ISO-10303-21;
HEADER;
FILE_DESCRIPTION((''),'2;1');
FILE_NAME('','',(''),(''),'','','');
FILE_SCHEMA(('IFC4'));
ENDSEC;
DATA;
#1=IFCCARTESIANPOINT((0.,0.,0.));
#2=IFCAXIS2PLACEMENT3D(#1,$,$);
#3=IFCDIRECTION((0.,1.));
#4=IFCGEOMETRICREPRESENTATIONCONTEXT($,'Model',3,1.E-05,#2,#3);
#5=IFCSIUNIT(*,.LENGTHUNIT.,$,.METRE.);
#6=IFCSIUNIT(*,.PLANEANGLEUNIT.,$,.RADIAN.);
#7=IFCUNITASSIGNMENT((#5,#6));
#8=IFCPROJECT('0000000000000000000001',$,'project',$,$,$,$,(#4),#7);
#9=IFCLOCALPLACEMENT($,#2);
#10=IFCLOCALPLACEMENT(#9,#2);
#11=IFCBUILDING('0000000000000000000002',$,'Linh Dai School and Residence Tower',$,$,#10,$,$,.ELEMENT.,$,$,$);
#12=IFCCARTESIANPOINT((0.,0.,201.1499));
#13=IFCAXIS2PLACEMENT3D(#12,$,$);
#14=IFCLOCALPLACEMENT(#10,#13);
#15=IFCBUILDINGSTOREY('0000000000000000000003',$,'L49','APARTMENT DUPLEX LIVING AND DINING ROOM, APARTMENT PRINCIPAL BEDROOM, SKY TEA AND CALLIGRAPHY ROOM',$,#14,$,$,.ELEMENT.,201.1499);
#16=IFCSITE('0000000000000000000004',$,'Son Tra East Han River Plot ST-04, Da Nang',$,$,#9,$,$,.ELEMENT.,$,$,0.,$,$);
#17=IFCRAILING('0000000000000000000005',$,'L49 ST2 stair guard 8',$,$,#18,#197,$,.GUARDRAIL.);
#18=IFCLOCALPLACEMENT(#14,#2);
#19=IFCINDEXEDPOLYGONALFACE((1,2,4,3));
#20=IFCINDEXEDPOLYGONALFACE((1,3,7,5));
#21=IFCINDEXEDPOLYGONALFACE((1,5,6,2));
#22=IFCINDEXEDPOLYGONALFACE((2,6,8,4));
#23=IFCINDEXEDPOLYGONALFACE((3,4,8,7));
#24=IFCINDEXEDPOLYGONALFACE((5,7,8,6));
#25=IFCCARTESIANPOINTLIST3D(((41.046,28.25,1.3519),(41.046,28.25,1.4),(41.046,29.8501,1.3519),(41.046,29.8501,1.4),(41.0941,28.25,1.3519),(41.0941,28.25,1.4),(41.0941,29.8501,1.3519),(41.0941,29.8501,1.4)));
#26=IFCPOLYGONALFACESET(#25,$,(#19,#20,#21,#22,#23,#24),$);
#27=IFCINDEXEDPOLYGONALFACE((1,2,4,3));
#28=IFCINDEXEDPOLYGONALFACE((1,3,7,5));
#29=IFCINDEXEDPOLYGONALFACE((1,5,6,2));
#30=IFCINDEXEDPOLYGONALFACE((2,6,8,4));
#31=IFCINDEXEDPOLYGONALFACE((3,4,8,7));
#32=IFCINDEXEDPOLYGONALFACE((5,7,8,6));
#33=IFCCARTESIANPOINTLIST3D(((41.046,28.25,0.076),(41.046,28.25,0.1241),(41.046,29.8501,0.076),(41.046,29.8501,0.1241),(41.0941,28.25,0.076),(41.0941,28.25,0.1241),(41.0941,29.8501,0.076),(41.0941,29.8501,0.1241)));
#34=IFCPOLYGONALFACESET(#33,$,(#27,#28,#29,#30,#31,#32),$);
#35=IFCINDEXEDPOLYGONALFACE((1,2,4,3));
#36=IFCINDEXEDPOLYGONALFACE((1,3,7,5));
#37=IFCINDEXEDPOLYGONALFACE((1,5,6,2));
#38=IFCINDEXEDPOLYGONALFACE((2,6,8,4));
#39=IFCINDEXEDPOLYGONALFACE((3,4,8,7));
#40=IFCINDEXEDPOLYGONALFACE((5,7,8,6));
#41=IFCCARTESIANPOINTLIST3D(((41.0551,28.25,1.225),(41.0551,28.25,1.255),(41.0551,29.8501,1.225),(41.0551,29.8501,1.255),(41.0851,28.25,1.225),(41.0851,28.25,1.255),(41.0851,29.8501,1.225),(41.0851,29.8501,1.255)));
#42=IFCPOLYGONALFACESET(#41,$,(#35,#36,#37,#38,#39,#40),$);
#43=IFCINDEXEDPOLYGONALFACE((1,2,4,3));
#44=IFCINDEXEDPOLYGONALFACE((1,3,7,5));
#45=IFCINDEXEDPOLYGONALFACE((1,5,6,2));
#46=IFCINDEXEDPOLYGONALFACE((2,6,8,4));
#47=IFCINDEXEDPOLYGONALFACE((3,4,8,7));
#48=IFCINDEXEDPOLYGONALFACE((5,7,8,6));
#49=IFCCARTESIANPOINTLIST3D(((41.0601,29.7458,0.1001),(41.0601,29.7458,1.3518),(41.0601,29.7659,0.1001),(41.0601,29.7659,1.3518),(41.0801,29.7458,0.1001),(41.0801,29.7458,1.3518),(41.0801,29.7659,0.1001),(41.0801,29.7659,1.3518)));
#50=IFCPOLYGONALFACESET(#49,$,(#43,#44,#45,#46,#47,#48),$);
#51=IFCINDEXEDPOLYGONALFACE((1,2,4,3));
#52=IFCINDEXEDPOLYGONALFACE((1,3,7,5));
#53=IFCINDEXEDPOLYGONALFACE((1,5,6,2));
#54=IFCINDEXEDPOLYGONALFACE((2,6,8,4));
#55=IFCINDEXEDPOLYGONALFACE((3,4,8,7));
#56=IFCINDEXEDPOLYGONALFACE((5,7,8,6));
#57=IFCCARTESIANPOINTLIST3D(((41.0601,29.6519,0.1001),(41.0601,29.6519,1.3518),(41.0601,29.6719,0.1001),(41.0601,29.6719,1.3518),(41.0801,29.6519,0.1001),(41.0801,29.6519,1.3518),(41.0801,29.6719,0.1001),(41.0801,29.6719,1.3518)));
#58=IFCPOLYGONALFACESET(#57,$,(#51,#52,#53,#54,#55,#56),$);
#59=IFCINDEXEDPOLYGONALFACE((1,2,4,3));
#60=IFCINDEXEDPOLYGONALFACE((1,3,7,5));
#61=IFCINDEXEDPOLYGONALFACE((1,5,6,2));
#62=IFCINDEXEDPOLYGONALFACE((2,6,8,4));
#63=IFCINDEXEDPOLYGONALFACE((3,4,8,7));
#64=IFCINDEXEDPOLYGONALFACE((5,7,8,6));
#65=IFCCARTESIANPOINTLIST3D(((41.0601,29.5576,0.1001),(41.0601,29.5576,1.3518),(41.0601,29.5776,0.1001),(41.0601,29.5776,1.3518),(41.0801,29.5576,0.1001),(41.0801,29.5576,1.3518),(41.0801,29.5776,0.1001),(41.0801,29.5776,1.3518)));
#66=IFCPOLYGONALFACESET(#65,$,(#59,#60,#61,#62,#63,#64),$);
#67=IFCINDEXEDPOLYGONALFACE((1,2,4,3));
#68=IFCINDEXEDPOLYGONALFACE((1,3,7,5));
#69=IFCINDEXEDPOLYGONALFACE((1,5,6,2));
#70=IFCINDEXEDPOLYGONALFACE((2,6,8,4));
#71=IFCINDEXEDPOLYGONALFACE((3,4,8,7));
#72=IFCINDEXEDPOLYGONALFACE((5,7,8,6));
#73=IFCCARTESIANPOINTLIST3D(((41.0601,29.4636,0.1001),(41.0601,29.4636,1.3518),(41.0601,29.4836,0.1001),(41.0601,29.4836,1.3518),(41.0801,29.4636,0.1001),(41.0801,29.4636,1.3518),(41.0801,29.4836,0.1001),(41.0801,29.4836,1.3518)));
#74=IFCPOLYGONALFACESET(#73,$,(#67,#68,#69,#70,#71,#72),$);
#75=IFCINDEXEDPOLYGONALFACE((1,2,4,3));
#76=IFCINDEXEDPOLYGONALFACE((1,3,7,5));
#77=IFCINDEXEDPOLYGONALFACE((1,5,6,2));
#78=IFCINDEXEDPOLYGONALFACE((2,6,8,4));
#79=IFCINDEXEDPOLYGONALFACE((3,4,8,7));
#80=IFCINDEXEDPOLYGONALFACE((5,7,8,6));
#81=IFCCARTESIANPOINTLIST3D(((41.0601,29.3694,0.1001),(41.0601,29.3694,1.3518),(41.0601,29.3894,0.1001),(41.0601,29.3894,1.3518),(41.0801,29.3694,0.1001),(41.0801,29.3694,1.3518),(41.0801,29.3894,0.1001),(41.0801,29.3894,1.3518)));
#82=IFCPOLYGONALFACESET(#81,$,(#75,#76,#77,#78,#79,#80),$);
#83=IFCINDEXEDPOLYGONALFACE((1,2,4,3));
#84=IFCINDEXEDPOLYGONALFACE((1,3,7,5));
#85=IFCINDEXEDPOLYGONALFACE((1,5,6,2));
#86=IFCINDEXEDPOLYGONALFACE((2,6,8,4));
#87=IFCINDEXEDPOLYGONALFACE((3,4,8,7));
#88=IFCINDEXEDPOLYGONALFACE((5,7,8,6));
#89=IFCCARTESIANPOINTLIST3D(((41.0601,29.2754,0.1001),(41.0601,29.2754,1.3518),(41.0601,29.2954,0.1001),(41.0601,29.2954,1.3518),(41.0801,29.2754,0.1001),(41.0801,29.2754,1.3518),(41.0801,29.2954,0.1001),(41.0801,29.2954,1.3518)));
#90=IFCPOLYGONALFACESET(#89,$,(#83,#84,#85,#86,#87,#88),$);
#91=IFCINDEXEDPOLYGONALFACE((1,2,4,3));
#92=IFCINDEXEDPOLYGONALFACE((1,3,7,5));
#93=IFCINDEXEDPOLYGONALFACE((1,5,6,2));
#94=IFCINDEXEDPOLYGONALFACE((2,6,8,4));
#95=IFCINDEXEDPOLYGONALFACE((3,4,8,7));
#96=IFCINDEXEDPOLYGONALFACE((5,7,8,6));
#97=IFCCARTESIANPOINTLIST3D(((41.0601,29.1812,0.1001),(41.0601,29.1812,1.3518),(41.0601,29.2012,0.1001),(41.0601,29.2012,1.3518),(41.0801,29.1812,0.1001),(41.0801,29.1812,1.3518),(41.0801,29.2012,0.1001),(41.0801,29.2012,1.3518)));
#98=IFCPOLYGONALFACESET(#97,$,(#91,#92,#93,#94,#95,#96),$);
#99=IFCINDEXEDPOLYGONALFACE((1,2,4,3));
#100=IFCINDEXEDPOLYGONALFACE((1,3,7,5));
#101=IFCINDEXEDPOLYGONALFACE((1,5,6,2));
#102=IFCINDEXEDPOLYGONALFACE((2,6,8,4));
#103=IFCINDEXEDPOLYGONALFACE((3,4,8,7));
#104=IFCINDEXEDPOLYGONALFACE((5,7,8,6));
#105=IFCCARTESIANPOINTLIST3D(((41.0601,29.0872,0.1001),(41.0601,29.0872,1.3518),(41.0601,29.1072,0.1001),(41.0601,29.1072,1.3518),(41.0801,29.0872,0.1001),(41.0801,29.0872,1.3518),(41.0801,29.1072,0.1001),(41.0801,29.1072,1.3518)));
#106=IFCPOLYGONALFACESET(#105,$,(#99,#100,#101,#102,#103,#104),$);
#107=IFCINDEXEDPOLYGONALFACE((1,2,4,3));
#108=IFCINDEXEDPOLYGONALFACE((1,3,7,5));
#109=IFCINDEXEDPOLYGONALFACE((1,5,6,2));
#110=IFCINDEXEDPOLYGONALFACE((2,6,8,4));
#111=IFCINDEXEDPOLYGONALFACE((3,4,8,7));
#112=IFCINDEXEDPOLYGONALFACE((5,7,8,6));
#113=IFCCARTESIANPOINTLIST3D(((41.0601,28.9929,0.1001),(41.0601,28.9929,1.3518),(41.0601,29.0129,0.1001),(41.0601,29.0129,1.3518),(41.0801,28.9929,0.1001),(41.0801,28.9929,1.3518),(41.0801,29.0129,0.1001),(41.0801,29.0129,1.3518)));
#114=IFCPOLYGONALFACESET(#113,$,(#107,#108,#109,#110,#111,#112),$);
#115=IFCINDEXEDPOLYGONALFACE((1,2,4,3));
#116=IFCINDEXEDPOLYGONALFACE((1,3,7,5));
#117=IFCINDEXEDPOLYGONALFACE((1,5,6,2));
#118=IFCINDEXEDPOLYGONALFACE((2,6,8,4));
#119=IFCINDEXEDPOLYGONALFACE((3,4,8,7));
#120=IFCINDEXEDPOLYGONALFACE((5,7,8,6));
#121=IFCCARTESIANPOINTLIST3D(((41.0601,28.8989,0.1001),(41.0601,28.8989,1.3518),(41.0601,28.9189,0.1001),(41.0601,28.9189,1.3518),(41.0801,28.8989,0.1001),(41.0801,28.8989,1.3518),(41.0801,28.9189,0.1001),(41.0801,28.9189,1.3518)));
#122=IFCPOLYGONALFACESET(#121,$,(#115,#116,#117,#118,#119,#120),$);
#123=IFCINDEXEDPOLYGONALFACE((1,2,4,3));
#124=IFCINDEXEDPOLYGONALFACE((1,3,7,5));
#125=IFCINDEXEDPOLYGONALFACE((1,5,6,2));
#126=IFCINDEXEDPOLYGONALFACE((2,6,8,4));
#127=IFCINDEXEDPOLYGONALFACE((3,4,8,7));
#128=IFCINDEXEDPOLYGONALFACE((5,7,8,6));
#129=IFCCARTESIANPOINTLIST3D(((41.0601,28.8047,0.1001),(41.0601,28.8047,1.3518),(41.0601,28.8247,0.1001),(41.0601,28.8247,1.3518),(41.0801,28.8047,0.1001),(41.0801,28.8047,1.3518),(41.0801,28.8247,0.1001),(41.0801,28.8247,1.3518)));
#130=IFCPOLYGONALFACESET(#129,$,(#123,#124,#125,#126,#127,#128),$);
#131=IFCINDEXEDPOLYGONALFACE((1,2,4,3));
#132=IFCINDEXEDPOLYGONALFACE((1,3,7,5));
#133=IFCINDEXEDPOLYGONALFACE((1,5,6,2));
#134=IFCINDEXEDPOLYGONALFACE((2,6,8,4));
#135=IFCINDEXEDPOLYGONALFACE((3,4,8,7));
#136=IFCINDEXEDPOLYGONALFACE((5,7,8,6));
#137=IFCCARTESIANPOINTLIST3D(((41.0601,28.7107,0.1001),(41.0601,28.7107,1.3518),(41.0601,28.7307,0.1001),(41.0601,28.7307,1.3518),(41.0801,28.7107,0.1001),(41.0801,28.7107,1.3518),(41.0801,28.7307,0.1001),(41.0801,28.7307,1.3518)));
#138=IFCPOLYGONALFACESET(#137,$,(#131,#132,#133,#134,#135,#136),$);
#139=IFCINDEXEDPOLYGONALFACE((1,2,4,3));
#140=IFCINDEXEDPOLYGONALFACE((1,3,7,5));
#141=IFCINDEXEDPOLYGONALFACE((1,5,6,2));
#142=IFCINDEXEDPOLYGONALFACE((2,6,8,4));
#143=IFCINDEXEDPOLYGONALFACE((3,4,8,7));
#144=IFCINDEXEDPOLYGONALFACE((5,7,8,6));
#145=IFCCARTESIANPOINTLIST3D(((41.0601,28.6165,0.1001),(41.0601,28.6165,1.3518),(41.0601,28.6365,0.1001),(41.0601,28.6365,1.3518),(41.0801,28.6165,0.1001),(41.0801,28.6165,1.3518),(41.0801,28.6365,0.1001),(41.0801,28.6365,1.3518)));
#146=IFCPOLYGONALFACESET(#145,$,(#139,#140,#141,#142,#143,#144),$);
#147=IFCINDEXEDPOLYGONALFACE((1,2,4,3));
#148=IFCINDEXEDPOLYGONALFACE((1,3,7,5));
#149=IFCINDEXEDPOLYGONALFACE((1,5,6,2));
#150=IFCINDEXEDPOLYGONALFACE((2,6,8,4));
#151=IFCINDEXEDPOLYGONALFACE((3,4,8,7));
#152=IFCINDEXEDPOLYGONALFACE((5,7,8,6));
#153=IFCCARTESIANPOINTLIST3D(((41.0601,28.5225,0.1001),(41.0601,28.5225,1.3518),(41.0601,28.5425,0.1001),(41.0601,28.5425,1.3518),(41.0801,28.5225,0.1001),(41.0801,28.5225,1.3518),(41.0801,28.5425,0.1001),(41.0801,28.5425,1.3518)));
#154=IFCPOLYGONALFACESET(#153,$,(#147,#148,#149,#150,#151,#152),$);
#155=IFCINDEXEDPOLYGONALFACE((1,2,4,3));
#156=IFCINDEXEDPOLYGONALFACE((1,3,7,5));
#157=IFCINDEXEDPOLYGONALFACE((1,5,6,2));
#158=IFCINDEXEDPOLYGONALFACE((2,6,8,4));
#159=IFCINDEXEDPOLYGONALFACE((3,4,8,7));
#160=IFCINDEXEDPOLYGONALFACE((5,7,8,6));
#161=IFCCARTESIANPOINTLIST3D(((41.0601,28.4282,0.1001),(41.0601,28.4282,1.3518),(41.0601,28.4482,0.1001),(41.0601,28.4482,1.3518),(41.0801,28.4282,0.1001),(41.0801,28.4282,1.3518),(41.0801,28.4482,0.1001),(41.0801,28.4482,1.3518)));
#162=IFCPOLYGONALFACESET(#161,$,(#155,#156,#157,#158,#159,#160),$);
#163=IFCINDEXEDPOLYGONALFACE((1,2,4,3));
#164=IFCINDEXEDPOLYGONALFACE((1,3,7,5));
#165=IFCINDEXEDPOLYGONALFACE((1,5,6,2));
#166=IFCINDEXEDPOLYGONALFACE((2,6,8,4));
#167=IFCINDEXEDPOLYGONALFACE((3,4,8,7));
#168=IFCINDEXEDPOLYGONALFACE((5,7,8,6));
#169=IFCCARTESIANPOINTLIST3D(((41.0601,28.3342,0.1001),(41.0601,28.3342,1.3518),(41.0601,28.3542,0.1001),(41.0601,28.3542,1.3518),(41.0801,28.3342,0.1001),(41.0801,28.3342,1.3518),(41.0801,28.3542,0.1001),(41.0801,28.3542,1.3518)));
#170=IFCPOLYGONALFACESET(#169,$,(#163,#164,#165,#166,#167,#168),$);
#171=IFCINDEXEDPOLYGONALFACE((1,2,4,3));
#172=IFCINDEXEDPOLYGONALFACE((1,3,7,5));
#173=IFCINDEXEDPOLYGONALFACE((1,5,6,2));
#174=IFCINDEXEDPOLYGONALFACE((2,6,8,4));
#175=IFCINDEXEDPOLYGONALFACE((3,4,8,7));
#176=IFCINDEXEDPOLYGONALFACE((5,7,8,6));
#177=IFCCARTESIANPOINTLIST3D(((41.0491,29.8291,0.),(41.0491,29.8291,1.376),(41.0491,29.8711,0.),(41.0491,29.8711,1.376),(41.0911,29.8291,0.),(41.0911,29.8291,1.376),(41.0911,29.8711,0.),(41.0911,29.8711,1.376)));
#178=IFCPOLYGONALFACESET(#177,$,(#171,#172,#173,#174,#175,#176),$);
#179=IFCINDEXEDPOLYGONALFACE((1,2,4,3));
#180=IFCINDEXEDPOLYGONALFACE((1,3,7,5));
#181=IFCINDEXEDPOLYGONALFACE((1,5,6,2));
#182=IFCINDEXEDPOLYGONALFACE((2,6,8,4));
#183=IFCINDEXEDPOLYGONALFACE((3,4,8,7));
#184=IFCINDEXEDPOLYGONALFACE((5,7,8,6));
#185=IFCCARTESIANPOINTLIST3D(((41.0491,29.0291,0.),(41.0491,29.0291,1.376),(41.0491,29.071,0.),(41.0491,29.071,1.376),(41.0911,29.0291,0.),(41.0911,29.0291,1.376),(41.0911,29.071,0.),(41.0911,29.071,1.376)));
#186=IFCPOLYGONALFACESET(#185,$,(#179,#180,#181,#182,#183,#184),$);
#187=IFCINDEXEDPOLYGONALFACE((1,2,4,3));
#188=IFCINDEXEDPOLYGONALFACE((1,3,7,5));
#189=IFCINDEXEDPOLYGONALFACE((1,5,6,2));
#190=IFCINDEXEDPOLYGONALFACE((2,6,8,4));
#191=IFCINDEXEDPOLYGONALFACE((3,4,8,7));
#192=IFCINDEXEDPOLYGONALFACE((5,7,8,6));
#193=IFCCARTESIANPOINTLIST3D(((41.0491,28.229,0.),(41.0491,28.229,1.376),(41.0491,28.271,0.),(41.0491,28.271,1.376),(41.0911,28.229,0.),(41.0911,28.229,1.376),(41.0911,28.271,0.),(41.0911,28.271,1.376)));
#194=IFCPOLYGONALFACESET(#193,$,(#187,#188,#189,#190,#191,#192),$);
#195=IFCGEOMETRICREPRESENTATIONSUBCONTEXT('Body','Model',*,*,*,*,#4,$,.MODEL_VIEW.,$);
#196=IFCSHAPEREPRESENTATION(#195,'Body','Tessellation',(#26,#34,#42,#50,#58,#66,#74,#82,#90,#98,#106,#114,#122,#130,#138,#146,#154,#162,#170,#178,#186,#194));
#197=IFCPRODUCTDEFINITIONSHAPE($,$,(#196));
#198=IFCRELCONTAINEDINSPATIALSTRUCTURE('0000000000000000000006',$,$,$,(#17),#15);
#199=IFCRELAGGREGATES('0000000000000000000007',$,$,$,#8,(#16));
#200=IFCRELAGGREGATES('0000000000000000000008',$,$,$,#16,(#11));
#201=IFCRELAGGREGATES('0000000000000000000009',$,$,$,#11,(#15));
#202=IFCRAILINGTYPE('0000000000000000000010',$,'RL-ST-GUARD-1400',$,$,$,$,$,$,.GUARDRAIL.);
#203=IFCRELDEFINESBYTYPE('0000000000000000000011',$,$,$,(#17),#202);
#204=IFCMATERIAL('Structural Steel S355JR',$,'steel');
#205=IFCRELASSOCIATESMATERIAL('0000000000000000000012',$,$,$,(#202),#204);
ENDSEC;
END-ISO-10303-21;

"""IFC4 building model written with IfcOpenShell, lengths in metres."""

from ifc_helpers import new_model, si_unit, direction, frame, origin, origin_2d, place, context, subcontext, project, spatial, rectangle, extrude, source, transform, mapped, material, type_object, element, save


model = new_model("IFC4")

# Units and contexts
model_context = context("Model", 3, precision=1e-05, world=origin(), true_north=direction((0.0, 1.0)))
body_context = subcontext(model_context, "Body", "Model", "MODEL_VIEW")
ifc_project = project(units=[si_unit("LENGTHUNIT", "METRE"), si_unit("PLANEANGLEUNIT", "RADIAN")], contexts=[model_context])

# Site, building, storey
site_placement = place(None, origin())
site = spatial("IfcSite", under=ifc_project, at=site_placement, Name="Son Tra East Han River Plot ST-04, Da Nang", CompositionType="ELEMENT", RefElevation=0.0)
building_placement = place(site_placement, origin())
building = spatial("IfcBuilding", under=site, at=building_placement, Name="Linh Dai School and Residence Tower", CompositionType="ELEMENT")
storey_placement = place(building_placement, frame((0.0, 0.0, 201.1499)))
storey = spatial("IfcBuildingStorey", under=building, at=storey_placement, Name="L49", Description="APARTMENT DUPLEX LIVING AND DINING ROOM, APARTMENT PRINCIPAL BEDROOM, SKY TEA AND CALLIGRAPHY ROOM", CompositionType="ELEMENT", Elevation=201.1499)

# Shared definitions
ifc_material_1 = material(Name="Structural Steel S355JR", Category="steel")

# Railing
railing_type_1 = type_object("IfcRailingType", Name="RL-ST-GUARD-1400", PredefinedType="GUARDRAIL", material=ifc_material_1)
shared_shape_1 = source(origin(), body_context, "Body", "SweptSolid", [
    extrude(rectangle(XDim=0.0481, YDim=0.0481, at=origin_2d()), frame((0.0, 0.0, 1.376), z_axis=(0.0, -1.0, 0.0), x_axis=(1.0, 0.0, 0.0)), (0.0, 0.0, 1.0), 1.6001),
    extrude(rectangle(XDim=0.0481, YDim=0.0481, at=origin_2d()), frame((0.0, 0.0, 0.1001), z_axis=(0.0, -1.0, 0.0), x_axis=(1.0, 0.0, 0.0)), (0.0, 0.0, 1.0), 1.6001),
    extrude(rectangle(XDim=0.03, YDim=0.03, at=origin_2d()), frame((0.0, 0.0, 1.24), z_axis=(0.0, -1.0, 0.0), x_axis=(1.0, 0.0, 0.0)), (0.0, 0.0, 1.0), 1.6001),
    extrude(rectangle(XDim=0.02, YDim=0.02, at=origin_2d()), frame((0.0, -0.0942, 0.1001)), (0.0, 0.0, 1.0), 1.2517),
    extrude(rectangle(XDim=0.02, YDim=0.02, at=origin_2d()), frame((0.0, -0.1882, 0.1001)), (0.0, 0.0, 1.0), 1.2517),
    extrude(rectangle(XDim=0.02, YDim=0.02, at=origin_2d()), frame((0.0, -0.2825, 0.1001)), (0.0, 0.0, 1.0), 1.2517),
    extrude(rectangle(XDim=0.02, YDim=0.02, at=origin_2d()), frame((0.0, -0.3765, 0.1001)), (0.0, 0.0, 1.0), 1.2517),
    extrude(rectangle(XDim=0.02, YDim=0.02, at=origin_2d()), frame((0.0, -0.4707, 0.1001)), (0.0, 0.0, 1.0), 1.2517),
    extrude(rectangle(XDim=0.02, YDim=0.02, at=origin_2d()), frame((0.0, -0.5647, 0.1001)), (0.0, 0.0, 1.0), 1.2517),
    extrude(rectangle(XDim=0.02, YDim=0.02, at=origin_2d()), frame((0.0, -0.6589, 0.1001)), (0.0, 0.0, 1.0), 1.2517),
    extrude(rectangle(XDim=0.02, YDim=0.02, at=origin_2d()), frame((0.0, -0.7529, 0.1001)), (0.0, 0.0, 1.0), 1.2517),
    extrude(rectangle(XDim=0.02, YDim=0.02, at=origin_2d()), frame((0.0, -0.8472, 0.1001)), (0.0, 0.0, 1.0), 1.2517),
    extrude(rectangle(XDim=0.02, YDim=0.02, at=origin_2d()), frame((0.0, -0.9412, 0.1001)), (0.0, 0.0, 1.0), 1.2517),
    extrude(rectangle(XDim=0.02, YDim=0.02, at=origin_2d()), frame((0.0, -1.0354, 0.1001)), (0.0, 0.0, 1.0), 1.2517),
    extrude(rectangle(XDim=0.02, YDim=0.02, at=origin_2d()), frame((0.0, -1.1294, 0.1001)), (0.0, 0.0, 1.0), 1.2517),
    extrude(rectangle(XDim=0.02, YDim=0.02, at=origin_2d()), frame((0.0, -1.2236, 0.1001)), (0.0, 0.0, 1.0), 1.2517),
    extrude(rectangle(XDim=0.02, YDim=0.02, at=origin_2d()), frame((0.0, -1.3176, 0.1001)), (0.0, 0.0, 1.0), 1.2517),
    extrude(rectangle(XDim=0.02, YDim=0.02, at=origin_2d()), frame((0.0, -1.4119, 0.1001)), (0.0, 0.0, 1.0), 1.2517),
    extrude(rectangle(XDim=0.02, YDim=0.02, at=origin_2d()), frame((0.0, -1.5059, 0.1001)), (0.0, 0.0, 1.0), 1.2517),
    extrude(rectangle(XDim=0.042, YDim=0.042, at=origin_2d()), origin(), (0.0, 0.0, 1.0), 1.376),
    extrude(rectangle(XDim=0.042, YDim=0.042, at=origin_2d()), frame((0.0, -0.8, 0.0)), (0.0, 0.0, 1.0), 1.376),
    extrude(rectangle(XDim=0.042, YDim=0.042, at=origin_2d()), frame((0.0, -1.6001, 0.0)), (0.0, 0.0, 1.0), 1.376),
])
for number, where, name in (
    (1, (41.0701, 29.8501, 0.0), "L49 ST2 stair guard 8"),
):
    element("IfcRailing", number, at=place(storey_placement, frame(where)), inside=storey, type_object=railing_type_1, Name=name, PredefinedType="GUARDRAIL", context=body_context, shape_type="MappedRepresentation", body=[
        mapped(shared_shape_1, transform((0.0, 0.0, 0.0), x_axis=(1.0, 0.0, 0.0), y_axis=(0.0, 1.0, 0.0), z_axis=(0.0, 0.0, 1.0), scale=1.0)),
    ])

save(model, "model.ifc")
